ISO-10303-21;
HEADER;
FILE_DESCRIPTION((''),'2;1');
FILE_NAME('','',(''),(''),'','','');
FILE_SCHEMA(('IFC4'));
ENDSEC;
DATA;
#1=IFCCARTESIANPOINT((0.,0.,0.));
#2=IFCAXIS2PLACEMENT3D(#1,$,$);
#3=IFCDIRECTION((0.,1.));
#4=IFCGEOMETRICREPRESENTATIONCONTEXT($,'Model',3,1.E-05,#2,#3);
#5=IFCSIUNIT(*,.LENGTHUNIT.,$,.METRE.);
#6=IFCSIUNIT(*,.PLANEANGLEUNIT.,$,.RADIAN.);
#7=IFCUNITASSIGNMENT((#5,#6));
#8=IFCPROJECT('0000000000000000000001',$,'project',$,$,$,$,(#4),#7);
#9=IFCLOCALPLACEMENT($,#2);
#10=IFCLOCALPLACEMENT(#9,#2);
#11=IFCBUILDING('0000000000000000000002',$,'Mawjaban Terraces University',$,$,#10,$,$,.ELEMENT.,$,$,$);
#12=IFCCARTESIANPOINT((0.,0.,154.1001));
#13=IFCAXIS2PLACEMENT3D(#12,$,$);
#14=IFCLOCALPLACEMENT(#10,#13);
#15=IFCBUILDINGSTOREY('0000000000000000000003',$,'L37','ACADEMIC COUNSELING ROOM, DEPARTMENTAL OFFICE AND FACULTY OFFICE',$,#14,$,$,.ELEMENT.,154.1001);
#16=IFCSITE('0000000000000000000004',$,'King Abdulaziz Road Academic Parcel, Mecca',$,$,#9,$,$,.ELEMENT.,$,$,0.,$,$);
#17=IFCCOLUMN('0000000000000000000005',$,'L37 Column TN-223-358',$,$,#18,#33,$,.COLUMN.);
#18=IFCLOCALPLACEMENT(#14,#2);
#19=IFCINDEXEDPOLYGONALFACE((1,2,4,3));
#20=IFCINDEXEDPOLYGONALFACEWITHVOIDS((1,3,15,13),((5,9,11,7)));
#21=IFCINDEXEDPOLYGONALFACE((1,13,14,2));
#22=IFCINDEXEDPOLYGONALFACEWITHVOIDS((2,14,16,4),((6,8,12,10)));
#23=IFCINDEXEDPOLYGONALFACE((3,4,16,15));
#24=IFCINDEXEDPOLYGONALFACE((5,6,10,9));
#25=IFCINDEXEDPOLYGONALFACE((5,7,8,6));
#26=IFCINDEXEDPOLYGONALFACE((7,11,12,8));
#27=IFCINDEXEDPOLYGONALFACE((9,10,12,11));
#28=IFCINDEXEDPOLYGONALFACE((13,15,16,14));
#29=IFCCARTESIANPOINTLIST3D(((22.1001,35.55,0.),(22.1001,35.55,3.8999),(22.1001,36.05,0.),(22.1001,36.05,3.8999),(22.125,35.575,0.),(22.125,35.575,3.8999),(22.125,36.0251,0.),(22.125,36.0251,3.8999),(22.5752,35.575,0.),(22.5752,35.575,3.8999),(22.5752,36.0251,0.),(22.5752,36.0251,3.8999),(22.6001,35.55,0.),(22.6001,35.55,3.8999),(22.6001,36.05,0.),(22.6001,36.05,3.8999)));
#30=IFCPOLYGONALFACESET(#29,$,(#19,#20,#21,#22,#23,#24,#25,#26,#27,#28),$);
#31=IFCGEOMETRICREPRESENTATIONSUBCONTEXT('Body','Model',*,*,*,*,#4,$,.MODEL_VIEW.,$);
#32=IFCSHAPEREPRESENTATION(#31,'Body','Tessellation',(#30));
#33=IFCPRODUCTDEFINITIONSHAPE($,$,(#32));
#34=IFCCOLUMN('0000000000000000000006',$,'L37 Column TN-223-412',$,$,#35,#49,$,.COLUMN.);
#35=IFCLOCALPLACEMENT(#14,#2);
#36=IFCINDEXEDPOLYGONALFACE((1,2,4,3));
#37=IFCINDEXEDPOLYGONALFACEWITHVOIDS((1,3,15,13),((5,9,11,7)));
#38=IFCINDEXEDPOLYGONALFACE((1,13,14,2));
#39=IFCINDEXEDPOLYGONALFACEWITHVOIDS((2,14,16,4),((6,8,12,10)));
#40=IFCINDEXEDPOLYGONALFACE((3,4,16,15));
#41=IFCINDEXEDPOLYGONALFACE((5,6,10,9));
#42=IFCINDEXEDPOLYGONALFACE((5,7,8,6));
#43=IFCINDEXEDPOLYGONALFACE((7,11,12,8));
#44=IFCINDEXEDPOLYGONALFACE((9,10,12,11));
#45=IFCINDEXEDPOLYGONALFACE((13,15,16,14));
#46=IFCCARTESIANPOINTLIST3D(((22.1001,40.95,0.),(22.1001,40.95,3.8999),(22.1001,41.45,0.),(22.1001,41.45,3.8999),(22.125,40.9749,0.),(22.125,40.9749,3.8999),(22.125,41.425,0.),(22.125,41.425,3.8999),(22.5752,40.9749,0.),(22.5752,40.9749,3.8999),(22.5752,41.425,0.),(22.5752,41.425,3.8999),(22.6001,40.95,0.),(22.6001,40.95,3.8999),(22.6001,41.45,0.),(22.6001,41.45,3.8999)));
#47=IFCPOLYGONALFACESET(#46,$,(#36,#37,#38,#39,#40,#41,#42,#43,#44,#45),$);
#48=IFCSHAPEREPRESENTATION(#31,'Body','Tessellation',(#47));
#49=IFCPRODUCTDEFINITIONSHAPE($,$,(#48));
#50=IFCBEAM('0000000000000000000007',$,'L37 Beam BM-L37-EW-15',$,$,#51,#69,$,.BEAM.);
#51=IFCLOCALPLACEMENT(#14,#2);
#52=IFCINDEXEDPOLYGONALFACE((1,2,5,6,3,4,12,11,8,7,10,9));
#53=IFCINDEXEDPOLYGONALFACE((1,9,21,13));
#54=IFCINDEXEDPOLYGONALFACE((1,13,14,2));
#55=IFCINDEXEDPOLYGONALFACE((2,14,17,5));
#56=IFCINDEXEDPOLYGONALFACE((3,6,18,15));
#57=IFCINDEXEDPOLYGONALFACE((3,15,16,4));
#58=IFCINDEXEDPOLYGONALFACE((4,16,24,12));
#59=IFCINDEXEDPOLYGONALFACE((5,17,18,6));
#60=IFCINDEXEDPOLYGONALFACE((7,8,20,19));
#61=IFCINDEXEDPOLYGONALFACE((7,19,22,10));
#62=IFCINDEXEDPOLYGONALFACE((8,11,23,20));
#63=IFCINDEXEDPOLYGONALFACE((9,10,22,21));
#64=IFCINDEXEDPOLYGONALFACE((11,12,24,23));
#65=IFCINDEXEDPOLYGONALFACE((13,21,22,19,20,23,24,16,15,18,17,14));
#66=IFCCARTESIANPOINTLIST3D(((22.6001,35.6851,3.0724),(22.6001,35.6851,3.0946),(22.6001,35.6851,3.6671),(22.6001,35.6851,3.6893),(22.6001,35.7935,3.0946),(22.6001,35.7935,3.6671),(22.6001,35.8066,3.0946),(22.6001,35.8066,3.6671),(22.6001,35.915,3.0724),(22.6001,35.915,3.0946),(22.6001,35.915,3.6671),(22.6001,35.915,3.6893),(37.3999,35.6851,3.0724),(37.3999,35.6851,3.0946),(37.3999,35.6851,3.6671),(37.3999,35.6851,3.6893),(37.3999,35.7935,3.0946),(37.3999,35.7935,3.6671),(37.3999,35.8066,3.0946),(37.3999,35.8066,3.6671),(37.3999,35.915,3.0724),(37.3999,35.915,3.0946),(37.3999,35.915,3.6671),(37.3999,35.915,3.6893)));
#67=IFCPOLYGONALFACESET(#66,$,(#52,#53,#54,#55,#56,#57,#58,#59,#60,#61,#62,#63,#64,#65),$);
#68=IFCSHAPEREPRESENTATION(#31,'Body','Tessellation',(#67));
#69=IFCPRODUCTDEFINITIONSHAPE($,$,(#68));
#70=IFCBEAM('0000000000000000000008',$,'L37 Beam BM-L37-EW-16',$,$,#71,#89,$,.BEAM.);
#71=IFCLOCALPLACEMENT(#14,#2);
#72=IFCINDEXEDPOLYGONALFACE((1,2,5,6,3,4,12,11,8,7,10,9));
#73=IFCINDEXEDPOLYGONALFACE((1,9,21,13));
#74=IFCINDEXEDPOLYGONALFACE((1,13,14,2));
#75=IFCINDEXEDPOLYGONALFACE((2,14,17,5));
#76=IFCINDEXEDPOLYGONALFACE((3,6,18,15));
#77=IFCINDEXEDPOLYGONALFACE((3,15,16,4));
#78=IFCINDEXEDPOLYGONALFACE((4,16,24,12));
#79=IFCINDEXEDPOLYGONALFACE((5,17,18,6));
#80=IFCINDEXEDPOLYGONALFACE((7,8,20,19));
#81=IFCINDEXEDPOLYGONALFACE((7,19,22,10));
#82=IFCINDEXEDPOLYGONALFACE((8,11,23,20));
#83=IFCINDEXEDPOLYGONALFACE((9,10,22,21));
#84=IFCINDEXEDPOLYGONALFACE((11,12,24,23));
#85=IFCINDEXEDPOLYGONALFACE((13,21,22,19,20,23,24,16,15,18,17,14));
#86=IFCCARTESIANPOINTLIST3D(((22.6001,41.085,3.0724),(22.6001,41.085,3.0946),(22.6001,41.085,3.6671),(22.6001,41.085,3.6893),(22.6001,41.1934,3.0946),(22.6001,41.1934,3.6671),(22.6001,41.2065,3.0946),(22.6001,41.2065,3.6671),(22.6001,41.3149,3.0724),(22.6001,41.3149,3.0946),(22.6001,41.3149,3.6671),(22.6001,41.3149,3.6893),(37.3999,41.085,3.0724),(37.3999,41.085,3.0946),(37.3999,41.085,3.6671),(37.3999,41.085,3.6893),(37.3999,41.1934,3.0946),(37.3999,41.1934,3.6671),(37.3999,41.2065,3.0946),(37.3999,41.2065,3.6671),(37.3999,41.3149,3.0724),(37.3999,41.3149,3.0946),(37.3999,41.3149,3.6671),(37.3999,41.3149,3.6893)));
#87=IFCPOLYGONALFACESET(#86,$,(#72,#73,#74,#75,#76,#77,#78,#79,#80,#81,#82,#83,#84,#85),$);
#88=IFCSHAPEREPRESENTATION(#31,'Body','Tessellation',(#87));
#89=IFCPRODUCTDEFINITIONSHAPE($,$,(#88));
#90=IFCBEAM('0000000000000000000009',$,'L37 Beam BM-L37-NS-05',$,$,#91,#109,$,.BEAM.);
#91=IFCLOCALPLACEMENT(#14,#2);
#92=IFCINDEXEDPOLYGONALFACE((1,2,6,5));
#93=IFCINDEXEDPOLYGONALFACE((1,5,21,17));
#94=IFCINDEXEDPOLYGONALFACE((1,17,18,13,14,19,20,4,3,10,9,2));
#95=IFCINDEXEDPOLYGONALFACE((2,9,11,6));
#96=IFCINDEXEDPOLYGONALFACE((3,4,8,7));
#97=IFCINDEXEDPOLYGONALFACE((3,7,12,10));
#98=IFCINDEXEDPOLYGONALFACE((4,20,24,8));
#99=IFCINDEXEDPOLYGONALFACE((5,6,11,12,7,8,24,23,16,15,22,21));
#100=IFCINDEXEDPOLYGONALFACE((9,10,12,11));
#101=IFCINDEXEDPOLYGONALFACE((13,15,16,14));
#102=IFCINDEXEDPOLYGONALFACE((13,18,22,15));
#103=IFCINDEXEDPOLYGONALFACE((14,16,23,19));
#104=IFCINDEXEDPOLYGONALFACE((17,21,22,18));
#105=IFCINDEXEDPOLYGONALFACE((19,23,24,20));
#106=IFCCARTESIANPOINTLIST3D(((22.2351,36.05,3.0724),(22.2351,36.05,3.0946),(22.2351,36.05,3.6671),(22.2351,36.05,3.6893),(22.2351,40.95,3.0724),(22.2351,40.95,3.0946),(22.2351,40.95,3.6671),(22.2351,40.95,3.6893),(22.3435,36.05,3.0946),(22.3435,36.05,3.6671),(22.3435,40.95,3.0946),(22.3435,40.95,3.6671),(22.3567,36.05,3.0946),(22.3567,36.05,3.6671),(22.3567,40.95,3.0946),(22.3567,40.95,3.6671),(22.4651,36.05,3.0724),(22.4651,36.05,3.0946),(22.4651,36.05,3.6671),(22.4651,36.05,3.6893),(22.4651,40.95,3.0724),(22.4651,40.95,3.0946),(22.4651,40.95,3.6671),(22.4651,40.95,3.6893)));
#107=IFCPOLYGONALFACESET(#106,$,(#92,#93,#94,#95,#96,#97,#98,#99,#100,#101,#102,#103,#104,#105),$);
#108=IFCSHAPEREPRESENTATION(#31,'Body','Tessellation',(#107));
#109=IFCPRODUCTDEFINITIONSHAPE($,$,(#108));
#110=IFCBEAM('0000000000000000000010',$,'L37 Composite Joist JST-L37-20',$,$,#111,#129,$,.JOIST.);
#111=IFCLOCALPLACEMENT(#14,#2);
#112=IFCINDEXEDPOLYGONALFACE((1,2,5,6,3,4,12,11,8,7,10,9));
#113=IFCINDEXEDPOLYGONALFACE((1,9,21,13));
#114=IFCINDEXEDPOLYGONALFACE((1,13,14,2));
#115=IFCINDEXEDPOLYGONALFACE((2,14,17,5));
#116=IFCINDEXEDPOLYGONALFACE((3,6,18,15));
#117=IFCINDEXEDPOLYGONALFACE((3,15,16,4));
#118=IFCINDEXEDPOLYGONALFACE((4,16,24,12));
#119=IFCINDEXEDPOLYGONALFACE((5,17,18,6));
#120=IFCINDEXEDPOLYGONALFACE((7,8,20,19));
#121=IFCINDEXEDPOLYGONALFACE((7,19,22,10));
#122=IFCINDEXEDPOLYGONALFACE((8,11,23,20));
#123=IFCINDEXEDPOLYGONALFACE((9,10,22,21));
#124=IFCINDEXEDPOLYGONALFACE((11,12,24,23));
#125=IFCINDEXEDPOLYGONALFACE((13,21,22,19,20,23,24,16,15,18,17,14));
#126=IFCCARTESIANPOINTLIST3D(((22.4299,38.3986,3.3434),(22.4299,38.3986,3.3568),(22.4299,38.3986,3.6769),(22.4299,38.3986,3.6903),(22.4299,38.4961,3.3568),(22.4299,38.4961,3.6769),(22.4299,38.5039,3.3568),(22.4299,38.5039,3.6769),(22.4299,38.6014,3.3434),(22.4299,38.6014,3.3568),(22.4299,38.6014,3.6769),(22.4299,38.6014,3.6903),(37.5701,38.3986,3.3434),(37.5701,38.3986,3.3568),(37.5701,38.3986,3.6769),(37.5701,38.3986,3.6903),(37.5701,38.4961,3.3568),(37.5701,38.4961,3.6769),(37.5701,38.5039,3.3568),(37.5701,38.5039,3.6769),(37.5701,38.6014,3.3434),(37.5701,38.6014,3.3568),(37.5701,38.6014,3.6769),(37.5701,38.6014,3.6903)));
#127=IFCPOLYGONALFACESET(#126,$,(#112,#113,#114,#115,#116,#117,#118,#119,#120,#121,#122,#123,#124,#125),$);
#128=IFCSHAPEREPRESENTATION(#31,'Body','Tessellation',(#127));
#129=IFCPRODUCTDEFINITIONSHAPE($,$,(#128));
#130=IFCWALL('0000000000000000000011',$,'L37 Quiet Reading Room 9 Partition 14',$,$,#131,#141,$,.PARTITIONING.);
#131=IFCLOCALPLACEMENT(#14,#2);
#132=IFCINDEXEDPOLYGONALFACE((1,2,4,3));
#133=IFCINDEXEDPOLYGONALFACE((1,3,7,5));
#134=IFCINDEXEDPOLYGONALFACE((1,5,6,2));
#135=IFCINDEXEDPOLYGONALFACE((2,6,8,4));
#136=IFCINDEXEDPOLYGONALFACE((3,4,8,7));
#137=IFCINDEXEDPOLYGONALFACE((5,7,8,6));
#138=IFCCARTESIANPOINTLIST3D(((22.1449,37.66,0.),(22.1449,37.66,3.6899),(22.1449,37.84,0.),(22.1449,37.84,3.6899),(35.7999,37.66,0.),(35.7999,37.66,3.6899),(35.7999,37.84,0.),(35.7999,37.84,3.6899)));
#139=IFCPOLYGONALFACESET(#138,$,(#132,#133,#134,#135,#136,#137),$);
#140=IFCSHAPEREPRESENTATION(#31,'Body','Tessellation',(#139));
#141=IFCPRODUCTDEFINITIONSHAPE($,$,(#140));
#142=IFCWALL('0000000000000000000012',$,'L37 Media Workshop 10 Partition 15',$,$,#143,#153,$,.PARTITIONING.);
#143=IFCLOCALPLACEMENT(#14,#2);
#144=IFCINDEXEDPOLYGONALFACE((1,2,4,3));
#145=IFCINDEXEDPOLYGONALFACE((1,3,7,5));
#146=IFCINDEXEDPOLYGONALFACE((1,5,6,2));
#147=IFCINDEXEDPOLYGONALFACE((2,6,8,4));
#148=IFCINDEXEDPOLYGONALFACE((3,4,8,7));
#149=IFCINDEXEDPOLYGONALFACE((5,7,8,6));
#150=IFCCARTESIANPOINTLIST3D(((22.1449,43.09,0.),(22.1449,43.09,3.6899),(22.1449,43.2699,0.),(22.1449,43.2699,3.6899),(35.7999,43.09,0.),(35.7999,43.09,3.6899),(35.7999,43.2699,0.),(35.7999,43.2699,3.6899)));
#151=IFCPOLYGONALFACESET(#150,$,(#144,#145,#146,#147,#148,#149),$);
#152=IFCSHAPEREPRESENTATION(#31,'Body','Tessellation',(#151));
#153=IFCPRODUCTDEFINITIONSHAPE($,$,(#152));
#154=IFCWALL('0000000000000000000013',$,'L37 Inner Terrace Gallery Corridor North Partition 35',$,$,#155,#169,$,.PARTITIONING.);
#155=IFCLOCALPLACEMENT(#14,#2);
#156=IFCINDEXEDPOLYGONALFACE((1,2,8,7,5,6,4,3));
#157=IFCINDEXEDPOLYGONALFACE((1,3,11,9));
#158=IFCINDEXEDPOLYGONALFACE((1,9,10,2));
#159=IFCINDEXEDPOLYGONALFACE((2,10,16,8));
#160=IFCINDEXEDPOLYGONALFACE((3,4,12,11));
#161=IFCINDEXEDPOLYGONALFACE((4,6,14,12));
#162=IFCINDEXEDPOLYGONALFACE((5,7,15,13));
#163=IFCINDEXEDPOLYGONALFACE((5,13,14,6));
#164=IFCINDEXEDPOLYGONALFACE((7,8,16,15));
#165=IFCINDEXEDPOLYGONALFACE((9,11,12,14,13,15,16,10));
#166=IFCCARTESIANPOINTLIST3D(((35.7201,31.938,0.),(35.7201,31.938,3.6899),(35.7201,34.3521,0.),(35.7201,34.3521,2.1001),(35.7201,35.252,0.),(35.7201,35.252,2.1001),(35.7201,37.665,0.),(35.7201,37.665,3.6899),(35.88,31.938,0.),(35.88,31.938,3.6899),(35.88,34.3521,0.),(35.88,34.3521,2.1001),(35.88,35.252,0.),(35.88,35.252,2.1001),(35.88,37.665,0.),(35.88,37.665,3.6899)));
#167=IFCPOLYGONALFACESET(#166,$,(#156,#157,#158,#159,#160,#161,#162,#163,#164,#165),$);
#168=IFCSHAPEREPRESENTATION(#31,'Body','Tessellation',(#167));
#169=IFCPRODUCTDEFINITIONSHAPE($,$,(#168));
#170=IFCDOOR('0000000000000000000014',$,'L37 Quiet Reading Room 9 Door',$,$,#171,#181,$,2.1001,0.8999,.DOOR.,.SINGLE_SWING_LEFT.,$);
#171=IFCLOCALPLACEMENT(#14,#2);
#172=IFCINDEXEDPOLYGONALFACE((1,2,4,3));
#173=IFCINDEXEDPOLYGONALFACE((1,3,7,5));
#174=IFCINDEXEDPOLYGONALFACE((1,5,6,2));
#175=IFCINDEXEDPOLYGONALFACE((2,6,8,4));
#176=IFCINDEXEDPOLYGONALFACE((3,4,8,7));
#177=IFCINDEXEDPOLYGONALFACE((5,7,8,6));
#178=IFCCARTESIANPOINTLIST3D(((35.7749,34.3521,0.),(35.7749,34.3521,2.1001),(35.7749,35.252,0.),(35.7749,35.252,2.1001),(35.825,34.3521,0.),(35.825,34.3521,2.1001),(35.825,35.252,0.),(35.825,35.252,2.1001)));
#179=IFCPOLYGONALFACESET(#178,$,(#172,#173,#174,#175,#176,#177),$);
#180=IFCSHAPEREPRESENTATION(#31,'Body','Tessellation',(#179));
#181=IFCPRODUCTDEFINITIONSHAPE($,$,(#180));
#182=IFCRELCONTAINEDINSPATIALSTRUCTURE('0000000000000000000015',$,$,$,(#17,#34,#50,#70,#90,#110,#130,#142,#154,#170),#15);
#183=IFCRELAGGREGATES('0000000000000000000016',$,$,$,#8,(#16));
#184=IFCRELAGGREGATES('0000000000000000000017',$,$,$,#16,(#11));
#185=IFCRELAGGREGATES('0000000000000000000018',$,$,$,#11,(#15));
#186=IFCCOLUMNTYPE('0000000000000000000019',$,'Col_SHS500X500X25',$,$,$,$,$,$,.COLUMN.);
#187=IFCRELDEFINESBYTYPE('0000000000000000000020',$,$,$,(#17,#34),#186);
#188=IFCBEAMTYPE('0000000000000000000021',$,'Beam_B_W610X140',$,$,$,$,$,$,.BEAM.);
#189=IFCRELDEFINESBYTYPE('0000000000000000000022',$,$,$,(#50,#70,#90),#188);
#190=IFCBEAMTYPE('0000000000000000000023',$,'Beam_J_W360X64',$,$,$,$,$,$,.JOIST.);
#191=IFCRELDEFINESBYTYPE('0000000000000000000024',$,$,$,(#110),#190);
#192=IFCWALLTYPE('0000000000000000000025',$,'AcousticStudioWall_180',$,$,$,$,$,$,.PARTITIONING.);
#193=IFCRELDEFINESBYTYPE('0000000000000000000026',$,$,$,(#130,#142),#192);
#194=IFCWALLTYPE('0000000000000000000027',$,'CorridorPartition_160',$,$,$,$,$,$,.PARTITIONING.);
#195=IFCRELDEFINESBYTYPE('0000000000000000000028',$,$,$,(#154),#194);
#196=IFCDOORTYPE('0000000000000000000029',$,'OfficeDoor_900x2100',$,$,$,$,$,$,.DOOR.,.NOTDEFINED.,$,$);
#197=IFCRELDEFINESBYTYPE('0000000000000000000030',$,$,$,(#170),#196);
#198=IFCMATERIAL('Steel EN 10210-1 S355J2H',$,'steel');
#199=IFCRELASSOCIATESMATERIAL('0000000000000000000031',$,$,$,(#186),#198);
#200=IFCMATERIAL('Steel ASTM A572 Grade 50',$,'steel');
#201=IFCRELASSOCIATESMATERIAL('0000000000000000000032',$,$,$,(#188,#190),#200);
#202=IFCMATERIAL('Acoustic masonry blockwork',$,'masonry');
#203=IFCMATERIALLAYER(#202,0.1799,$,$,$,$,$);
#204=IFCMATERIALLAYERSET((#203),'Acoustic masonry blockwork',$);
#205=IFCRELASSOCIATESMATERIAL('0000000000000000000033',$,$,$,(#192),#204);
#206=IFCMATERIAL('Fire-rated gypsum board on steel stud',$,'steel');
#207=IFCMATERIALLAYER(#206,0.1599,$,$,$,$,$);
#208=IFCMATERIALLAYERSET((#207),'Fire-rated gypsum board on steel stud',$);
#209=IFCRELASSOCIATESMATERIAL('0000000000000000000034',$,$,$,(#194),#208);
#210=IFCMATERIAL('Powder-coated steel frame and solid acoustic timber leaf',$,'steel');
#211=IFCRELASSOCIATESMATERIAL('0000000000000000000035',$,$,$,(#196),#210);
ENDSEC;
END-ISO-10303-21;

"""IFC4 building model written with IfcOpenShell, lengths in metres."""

from ifc_helpers import new_model, si_unit, direction, frame, frame_2d, origin, origin_2d, place, context, subcontext, project, spatial, rectangle, hollow_rectangle, i_section, extrude, material, layer, layer_set, material_profile, profile_set, type_object, element, fill, save


model = new_model("IFC4")

# Units and contexts
model_context = context("Model", 3, precision=1e-05, world=origin(), true_north=direction((0.0, 1.0)))
body_context = subcontext(model_context, "Body", "Model", "MODEL_VIEW")
ifc_project = project(units=[si_unit("LENGTHUNIT", "METRE"), si_unit("PLANEANGLEUNIT", "RADIAN")], contexts=[model_context])

# Site, building, storey
site_placement = place(None, origin())
site = spatial("IfcSite", under=ifc_project, at=site_placement, Name="King Abdulaziz Road Academic Parcel, Mecca", CompositionType="ELEMENT", RefElevation=0.0)
building_placement = place(site_placement, origin())
building = spatial("IfcBuilding", under=site, at=building_placement, Name="Mawjaban Terraces University", CompositionType="ELEMENT")
storey_placement = place(building_placement, frame((0.0, 0.0, 154.1001)))
storey = spatial("IfcBuildingStorey", under=building, at=storey_placement, Name="L37", Description="ACADEMIC COUNSELING ROOM, DEPARTMENTAL OFFICE AND FACULTY OFFICE", CompositionType="ELEMENT", Elevation=154.1001)

# Columns
ifc_material_1 = material(Name="Steel EN 10210-1 S355J2H", Category="steel")
ifc_material_profile_1 = material_profile(ifc_material_1, hollow_rectangle(XDim=0.5, YDim=0.5, WallThickness=0.0249, at=origin_2d()), Name="SHS500X500X25")
ifc_profile_set_1 = profile_set([ifc_material_profile_1], Name="Steel EN 10210-1 S355J2H")
column_type = type_object("IfcColumnType", Name="Col_SHS500X500X25", PredefinedType="COLUMN", material=ifc_profile_set_1)
for number, where, z_axis, x_axis, name in (
    (1, (22.3501, 35.8, 0.0), (0.0, 0.0, 1.0), (1.0, 0.0, 0.0), "L37 Column TN-223-358"),
    (2, (22.3501, 41.2, 0.0), (0.0, 0.0, 1.0), (1.0, 0.0, 0.0), "L37 Column TN-223-412"),
):
    element("IfcColumn", number, at=place(storey_placement, frame(where, z_axis=z_axis, x_axis=x_axis)), inside=storey, type_object=column_type, Name=name, PredefinedType="COLUMN", context=body_context, shape_type="SweptSolid", body=[
        extrude(hollow_rectangle(XDim=0.5, YDim=0.5, WallThickness=0.0249, at=origin_2d()), origin(), (0.0, 0.0, 1.0), 3.8999),
    ])

# Beams
ifc_material_2 = material(Name="Steel ASTM A572 Grade 50", Category="steel")
ifc_material_profile_2 = material_profile(ifc_material_2, i_section(OverallWidth=0.23, OverallDepth=0.6169, WebThickness=0.0132, FlangeThickness=0.0222, at=origin_2d()), Name="W610X140")
ifc_profile_set_2 = profile_set([ifc_material_profile_2], Name="Steel ASTM A572 Grade 50")
beam_type_1 = type_object("IfcBeamType", Name="Beam_B_W610X140", PredefinedType="BEAM", material=ifc_profile_set_2)
for number, where, z_axis, x_axis, name in (
    (3, (22.6001, 35.8, 3.3809), (1.0, 0.0, 0.0), (0.0, 1.0, 0.0), "L37 Beam BM-L37-EW-15"),
    (4, (22.6001, 41.2, 3.3809), (1.0, 0.0, 0.0), (0.0, 1.0, 0.0), "L37 Beam BM-L37-EW-16"),
):
    element("IfcBeam", number, at=place(storey_placement, frame(where, z_axis=z_axis, x_axis=x_axis)), inside=storey, type_object=beam_type_1, Name=name, PredefinedType="BEAM", context=body_context, shape_type="SweptSolid", body=[
        extrude(i_section(OverallWidth=0.23, OverallDepth=0.6169, WebThickness=0.0132, FlangeThickness=0.0222, at=origin_2d()), origin(), (0.0, 0.0, 1.0), 14.7998),
    ])
beam_1_placement = place(storey_placement, frame((22.3501, 36.05, 3.3809), z_axis=(0.0, 1.0, 0.0), x_axis=(-1.0, 0.0, 0.0)))
element("IfcBeam", 5, at=beam_1_placement, inside=storey, type_object=beam_type_1, Name="L37 Beam BM-L37-NS-05", PredefinedType="BEAM", context=body_context, shape_type="SweptSolid", body=[
    extrude(i_section(OverallWidth=0.23, OverallDepth=0.6169, WebThickness=0.0132, FlangeThickness=0.0222, at=origin_2d()), origin(), (0.0, 0.0, 1.0), 4.8999),
])
ifc_material_profile_3 = material_profile(ifc_material_2, i_section(OverallWidth=0.2029, OverallDepth=0.3469, WebThickness=0.0078, FlangeThickness=0.0134, at=origin_2d()), Name="W360X64")
ifc_profile_set_3 = profile_set([ifc_material_profile_3], Name="Steel ASTM A572 Grade 50")
beam_type_2 = type_object("IfcBeamType", Name="Beam_J_W360X64", PredefinedType="JOIST", material=ifc_profile_set_3)
beam_2_placement = place(storey_placement, frame((22.4299, 38.5, 3.5168), z_axis=(1.0, 0.0, 0.0), x_axis=(0.0, 1.0, 0.0)))
element("IfcBeam", 6, at=beam_2_placement, inside=storey, type_object=beam_type_2, Name="L37 Composite Joist JST-L37-20", PredefinedType="JOIST", context=body_context, shape_type="SweptSolid", body=[
    extrude(i_section(OverallWidth=0.2029, OverallDepth=0.3469, WebThickness=0.0078, FlangeThickness=0.0134, at=origin_2d()), origin(), (0.0, 0.0, 1.0), 15.1401),
])

# Walls
ifc_material_3 = material(Name="Acoustic masonry blockwork", Category="masonry")
ifc_layer_1 = layer(ifc_material_3, 0.1799)
ifc_layer_set_1 = layer_set([ifc_layer_1], Name="Acoustic masonry blockwork")
wall_type_1 = type_object("IfcWallType", Name="AcousticStudioWall_180", PredefinedType="PARTITIONING", material=ifc_layer_set_1)
for number, where, z_axis, x_axis, name in (
    (7, (35.8, 37.75, 0.0), (0.0, 0.0, 1.0), (-1.0, 0.0, 0.0), "L37 Quiet Reading Room 9 Partition 14"),
    (8, (35.8, 43.1799, 0.0), (0.0, 0.0, 1.0), (-1.0, 0.0, 0.0), "L37 Media Workshop 10 Partition 15"),
):
    element("IfcWall", number, at=place(storey_placement, frame(where, z_axis=z_axis, x_axis=x_axis)), inside=storey, type_object=wall_type_1, Name=name, PredefinedType="PARTITIONING", context=body_context, shape_type="SweptSolid", body=[
        extrude(rectangle(XDim=13.655, YDim=0.1799, at=frame_2d((6.8276, 0.0))), origin(), (0.0, 0.0, 1.0), 3.6899),
    ])

# Wall, opening, door
ifc_material_4 = material(Name="Fire-rated gypsum board on steel stud", Category="steel")
ifc_layer_2 = layer(ifc_material_4, 0.1599)
ifc_layer_set_2 = layer_set([ifc_layer_2], Name="Fire-rated gypsum board on steel stud")
wall_type_2 = type_object("IfcWallType", Name="CorridorPartition_160", PredefinedType="PARTITIONING", material=ifc_layer_set_2)
wall_1_placement = place(storey_placement, frame((35.8, 37.665, 0.0), z_axis=(0.0, 0.0, 1.0), x_axis=(0.0, -1.0, 0.0)))
wall_1 = element("IfcWall", 9, at=wall_1_placement, inside=storey, type_object=wall_type_2, Name="L37 Inner Terrace Gallery Corridor North Partition 35", PredefinedType="PARTITIONING", context=body_context, shape_type="SweptSolid", body=[
    extrude(rectangle(XDim=5.7271, YDim=0.1599, at=frame_2d((2.8635, 0.0))), origin(), (0.0, 0.0, 1.0), 3.6899),
])
opening_1_placement = place(wall_1_placement, frame((2.4131, 0.0, 0.0)))
opening_1 = element("IfcOpeningElement", 10, at=opening_1_placement, cuts=wall_1, PredefinedType="OPENING", context=body_context, shape_type="SweptSolid", body=[
    extrude(rectangle(XDim=0.8999, YDim=2.1001, at=frame_2d((0.45, 1.05))), frame((0.0, 0.0898, 0.0), z_axis=(0.0, -1.0, 0.0), x_axis=(1.0, 0.0, 0.0)), (0.0, 0.0, 1.0), 0.1799),
])
ifc_material_5 = material(Name="Powder-coated steel frame and solid acoustic timber leaf", Category="steel")
door_type_1 = type_object("IfcDoorType", Name="OfficeDoor_900x2100", OperationType="NOTDEFINED", PredefinedType="DOOR", material=ifc_material_5)
door_1_placement = place(opening_1_placement, origin())
door_1 = element("IfcDoor", 11, at=door_1_placement, inside=storey, type_object=door_type_1, Name="L37 Quiet Reading Room 9 Door", OperationType="SINGLE_SWING_LEFT", OverallHeight=2.1001, OverallWidth=0.8999, PredefinedType="DOOR", context=body_context, shape_type="SweptSolid", body=[
    extrude(rectangle(XDim=0.8999, YDim=2.1001, at=frame_2d((0.45, 1.05))), frame((0.0, 0.0249, 0.0), z_axis=(0.0, -1.0, 0.0), x_axis=(1.0, 0.0, 0.0)), (0.0, 0.0, 1.0), 0.05),
])
fill(opening_1, door_1)

save(model, "model.ifc")
